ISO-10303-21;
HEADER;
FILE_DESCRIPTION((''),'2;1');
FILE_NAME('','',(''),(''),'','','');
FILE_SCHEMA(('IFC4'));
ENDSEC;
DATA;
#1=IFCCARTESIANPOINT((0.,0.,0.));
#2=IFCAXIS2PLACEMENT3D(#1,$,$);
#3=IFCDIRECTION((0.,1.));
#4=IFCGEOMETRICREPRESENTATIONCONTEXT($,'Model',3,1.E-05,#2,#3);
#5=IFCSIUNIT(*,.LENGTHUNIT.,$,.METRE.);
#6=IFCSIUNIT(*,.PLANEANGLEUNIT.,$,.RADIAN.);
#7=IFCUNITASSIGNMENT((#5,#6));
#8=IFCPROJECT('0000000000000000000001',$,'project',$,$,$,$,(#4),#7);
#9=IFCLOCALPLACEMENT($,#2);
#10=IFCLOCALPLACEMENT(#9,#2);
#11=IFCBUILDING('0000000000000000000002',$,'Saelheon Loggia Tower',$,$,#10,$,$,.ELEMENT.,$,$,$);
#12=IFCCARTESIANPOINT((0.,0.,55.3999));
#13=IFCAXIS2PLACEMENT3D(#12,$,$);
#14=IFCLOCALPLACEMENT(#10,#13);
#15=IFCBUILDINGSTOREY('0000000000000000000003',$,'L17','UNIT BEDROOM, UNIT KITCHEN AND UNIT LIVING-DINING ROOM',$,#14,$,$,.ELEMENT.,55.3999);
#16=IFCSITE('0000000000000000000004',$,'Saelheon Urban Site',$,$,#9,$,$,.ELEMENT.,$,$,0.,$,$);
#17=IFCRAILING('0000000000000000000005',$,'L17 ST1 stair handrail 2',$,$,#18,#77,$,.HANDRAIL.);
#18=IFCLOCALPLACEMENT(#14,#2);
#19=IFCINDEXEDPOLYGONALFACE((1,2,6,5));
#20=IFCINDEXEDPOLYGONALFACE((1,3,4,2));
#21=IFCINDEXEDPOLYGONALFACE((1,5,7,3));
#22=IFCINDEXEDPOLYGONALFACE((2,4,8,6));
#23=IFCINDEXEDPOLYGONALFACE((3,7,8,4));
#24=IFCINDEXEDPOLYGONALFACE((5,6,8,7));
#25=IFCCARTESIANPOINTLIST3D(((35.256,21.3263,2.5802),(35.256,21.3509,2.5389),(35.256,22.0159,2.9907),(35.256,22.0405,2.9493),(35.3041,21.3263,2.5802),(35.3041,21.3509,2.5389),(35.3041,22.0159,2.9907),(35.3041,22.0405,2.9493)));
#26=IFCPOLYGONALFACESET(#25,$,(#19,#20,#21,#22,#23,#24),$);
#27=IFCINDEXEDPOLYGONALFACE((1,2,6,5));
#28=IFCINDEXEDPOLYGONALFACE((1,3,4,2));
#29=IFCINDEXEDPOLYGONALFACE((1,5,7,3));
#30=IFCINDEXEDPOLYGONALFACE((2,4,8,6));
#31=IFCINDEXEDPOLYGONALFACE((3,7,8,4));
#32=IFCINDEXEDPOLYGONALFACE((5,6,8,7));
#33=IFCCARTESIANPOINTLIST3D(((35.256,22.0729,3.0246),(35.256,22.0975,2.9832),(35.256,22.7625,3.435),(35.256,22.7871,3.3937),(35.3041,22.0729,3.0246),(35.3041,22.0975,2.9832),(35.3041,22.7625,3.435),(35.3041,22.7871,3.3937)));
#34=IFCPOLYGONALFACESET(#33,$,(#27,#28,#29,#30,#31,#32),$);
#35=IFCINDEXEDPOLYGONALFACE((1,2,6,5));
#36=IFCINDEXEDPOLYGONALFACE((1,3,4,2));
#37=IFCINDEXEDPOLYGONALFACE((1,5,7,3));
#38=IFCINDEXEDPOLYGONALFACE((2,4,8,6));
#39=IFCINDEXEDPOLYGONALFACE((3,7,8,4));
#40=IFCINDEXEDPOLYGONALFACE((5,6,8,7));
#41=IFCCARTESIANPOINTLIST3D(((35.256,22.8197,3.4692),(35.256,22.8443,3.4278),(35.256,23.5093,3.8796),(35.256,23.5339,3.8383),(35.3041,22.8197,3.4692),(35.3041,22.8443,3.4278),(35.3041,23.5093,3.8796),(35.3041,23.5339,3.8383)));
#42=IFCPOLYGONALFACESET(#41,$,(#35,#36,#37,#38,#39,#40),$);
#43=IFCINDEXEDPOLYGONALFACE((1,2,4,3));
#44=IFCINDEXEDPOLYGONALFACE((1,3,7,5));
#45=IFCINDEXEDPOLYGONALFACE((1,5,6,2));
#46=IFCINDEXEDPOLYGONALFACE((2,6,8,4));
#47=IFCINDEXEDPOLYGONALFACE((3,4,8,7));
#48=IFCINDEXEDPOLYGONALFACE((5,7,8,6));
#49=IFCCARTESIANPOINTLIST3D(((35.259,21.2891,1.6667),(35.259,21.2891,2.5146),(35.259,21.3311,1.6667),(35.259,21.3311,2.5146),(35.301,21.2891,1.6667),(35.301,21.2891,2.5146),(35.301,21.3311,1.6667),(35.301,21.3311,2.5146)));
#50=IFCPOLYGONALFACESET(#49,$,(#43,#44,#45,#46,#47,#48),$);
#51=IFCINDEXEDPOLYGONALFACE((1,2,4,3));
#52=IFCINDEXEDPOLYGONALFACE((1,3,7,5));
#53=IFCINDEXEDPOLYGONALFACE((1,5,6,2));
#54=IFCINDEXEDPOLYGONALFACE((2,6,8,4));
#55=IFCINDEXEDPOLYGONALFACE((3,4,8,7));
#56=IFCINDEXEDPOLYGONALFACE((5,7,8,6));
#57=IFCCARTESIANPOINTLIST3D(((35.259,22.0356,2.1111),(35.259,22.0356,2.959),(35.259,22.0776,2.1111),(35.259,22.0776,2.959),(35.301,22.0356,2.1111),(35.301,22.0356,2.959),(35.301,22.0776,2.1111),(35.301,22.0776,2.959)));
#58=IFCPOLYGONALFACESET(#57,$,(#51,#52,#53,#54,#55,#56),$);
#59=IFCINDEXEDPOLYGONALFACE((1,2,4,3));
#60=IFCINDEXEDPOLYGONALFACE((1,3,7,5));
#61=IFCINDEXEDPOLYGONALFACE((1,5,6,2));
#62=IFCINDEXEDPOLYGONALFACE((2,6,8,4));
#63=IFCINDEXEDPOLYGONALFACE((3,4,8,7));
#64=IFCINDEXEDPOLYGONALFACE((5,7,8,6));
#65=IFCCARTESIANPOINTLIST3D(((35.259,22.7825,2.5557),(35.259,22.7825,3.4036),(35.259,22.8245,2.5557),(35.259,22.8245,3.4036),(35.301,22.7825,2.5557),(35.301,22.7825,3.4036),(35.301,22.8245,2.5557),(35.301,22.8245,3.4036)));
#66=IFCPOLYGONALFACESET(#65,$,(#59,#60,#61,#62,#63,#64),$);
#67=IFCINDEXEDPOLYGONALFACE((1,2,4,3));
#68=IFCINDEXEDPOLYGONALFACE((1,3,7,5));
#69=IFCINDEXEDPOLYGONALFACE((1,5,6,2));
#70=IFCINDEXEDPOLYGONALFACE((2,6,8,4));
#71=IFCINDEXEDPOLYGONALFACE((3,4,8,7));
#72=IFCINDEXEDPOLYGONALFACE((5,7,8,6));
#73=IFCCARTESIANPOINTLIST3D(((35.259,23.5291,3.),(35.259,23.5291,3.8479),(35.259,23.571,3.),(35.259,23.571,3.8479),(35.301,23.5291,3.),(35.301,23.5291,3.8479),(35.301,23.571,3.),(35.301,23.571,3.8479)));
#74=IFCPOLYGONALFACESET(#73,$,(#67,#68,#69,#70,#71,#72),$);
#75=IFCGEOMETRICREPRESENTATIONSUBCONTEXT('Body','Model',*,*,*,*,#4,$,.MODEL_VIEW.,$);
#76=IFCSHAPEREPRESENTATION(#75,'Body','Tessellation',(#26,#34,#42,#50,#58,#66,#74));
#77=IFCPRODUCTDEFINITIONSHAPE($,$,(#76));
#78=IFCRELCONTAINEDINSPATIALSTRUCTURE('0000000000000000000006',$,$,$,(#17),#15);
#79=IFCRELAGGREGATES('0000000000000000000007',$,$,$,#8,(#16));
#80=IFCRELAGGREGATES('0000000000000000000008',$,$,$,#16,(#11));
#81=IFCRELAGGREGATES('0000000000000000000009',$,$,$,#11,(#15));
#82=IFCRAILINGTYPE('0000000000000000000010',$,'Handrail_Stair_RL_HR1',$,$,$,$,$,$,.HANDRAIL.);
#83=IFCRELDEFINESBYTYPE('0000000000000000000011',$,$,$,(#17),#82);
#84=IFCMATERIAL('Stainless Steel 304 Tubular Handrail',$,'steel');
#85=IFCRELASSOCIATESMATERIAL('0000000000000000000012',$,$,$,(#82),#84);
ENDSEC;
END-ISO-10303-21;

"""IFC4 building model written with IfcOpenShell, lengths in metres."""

from ifc_helpers import new_model, si_unit, direction, frame, origin, origin_2d, place, context, subcontext, project, spatial, rectangle, extrude, material, type_object, element, save


model = new_model("IFC4")

# Units and contexts
model_context = context("Model", 3, precision=1e-05, world=origin(), true_north=direction((0.0, 1.0)))
body_context = subcontext(model_context, "Body", "Model", "MODEL_VIEW")
ifc_project = project(units=[si_unit("LENGTHUNIT", "METRE"), si_unit("PLANEANGLEUNIT", "RADIAN")], contexts=[model_context])

# Site, building, storey
site_placement = place(None, origin())
site = spatial("IfcSite", under=ifc_project, at=site_placement, Name="Saelheon Urban Site", CompositionType="ELEMENT", RefElevation=0.0)
building_placement = place(site_placement, origin())
building = spatial("IfcBuilding", under=site, at=building_placement, Name="Saelheon Loggia Tower", CompositionType="ELEMENT")
storey_placement = place(building_placement, frame((0.0, 0.0, 55.3999)))
storey = spatial("IfcBuildingStorey", under=building, at=storey_placement, Name="L17", Description="UNIT BEDROOM, UNIT KITCHEN AND UNIT LIVING-DINING ROOM", CompositionType="ELEMENT", Elevation=55.3999)

# Railing
ifc_material_1 = material(Name="Stainless Steel 304 Tubular Handrail", Category="steel")
railing_type = type_object("IfcRailingType", Name="Handrail_Stair_RL_HR1", PredefinedType="HANDRAIL", material=ifc_material_1)
railing_placement = place(storey_placement, frame((35.28, 21.3101, 1.6667)))
element("IfcRailing", 1, at=railing_placement, inside=storey, type_object=railing_type, Name="L17 ST1 stair handrail 2", PredefinedType="HANDRAIL", context=body_context, shape_type="SweptSolid", body=[
    extrude(rectangle(XDim=0.0481, YDim=0.0481, at=origin_2d()), frame((0.0, 0.0286, 0.8928), z_axis=(0.0, 0.859306, 0.511462), x_axis=(-1.0, 0.0, 0.0)), (0.0, 0.0, 1.0), 0.8025),
    extrude(rectangle(XDim=0.0481, YDim=0.0481, at=origin_2d()), frame((0.0, 0.7751, 1.3372), z_axis=(0.0, 0.859306, 0.511462), x_axis=(-1.0, 0.0, 0.0)), (0.0, 0.0, 1.0), 0.8025),
    extrude(rectangle(XDim=0.0481, YDim=0.0481, at=origin_2d()), frame((0.0, 1.522, 1.7817), z_axis=(0.0, 0.859306, 0.511462), x_axis=(-1.0, 0.0, 0.0)), (0.0, 0.0, 1.0), 0.8025),
    extrude(rectangle(XDim=0.042, YDim=0.042, at=origin_2d()), origin(), (0.0, 0.0, 1.0), 0.8479),
    extrude(rectangle(XDim=0.042, YDim=0.042, at=origin_2d()), frame((0.0, 0.7466, 0.4443)), (0.0, 0.0, 1.0), 0.8479),
    extrude(rectangle(XDim=0.042, YDim=0.042, at=origin_2d()), frame((0.0, 1.4934, 0.8889)), (0.0, 0.0, 1.0), 0.8479),
    extrude(rectangle(XDim=0.042, YDim=0.042, at=origin_2d()), frame((0.0, 2.24, 1.3333)), (0.0, 0.0, 1.0), 0.8479),
])

save(model, "model.ifc")
